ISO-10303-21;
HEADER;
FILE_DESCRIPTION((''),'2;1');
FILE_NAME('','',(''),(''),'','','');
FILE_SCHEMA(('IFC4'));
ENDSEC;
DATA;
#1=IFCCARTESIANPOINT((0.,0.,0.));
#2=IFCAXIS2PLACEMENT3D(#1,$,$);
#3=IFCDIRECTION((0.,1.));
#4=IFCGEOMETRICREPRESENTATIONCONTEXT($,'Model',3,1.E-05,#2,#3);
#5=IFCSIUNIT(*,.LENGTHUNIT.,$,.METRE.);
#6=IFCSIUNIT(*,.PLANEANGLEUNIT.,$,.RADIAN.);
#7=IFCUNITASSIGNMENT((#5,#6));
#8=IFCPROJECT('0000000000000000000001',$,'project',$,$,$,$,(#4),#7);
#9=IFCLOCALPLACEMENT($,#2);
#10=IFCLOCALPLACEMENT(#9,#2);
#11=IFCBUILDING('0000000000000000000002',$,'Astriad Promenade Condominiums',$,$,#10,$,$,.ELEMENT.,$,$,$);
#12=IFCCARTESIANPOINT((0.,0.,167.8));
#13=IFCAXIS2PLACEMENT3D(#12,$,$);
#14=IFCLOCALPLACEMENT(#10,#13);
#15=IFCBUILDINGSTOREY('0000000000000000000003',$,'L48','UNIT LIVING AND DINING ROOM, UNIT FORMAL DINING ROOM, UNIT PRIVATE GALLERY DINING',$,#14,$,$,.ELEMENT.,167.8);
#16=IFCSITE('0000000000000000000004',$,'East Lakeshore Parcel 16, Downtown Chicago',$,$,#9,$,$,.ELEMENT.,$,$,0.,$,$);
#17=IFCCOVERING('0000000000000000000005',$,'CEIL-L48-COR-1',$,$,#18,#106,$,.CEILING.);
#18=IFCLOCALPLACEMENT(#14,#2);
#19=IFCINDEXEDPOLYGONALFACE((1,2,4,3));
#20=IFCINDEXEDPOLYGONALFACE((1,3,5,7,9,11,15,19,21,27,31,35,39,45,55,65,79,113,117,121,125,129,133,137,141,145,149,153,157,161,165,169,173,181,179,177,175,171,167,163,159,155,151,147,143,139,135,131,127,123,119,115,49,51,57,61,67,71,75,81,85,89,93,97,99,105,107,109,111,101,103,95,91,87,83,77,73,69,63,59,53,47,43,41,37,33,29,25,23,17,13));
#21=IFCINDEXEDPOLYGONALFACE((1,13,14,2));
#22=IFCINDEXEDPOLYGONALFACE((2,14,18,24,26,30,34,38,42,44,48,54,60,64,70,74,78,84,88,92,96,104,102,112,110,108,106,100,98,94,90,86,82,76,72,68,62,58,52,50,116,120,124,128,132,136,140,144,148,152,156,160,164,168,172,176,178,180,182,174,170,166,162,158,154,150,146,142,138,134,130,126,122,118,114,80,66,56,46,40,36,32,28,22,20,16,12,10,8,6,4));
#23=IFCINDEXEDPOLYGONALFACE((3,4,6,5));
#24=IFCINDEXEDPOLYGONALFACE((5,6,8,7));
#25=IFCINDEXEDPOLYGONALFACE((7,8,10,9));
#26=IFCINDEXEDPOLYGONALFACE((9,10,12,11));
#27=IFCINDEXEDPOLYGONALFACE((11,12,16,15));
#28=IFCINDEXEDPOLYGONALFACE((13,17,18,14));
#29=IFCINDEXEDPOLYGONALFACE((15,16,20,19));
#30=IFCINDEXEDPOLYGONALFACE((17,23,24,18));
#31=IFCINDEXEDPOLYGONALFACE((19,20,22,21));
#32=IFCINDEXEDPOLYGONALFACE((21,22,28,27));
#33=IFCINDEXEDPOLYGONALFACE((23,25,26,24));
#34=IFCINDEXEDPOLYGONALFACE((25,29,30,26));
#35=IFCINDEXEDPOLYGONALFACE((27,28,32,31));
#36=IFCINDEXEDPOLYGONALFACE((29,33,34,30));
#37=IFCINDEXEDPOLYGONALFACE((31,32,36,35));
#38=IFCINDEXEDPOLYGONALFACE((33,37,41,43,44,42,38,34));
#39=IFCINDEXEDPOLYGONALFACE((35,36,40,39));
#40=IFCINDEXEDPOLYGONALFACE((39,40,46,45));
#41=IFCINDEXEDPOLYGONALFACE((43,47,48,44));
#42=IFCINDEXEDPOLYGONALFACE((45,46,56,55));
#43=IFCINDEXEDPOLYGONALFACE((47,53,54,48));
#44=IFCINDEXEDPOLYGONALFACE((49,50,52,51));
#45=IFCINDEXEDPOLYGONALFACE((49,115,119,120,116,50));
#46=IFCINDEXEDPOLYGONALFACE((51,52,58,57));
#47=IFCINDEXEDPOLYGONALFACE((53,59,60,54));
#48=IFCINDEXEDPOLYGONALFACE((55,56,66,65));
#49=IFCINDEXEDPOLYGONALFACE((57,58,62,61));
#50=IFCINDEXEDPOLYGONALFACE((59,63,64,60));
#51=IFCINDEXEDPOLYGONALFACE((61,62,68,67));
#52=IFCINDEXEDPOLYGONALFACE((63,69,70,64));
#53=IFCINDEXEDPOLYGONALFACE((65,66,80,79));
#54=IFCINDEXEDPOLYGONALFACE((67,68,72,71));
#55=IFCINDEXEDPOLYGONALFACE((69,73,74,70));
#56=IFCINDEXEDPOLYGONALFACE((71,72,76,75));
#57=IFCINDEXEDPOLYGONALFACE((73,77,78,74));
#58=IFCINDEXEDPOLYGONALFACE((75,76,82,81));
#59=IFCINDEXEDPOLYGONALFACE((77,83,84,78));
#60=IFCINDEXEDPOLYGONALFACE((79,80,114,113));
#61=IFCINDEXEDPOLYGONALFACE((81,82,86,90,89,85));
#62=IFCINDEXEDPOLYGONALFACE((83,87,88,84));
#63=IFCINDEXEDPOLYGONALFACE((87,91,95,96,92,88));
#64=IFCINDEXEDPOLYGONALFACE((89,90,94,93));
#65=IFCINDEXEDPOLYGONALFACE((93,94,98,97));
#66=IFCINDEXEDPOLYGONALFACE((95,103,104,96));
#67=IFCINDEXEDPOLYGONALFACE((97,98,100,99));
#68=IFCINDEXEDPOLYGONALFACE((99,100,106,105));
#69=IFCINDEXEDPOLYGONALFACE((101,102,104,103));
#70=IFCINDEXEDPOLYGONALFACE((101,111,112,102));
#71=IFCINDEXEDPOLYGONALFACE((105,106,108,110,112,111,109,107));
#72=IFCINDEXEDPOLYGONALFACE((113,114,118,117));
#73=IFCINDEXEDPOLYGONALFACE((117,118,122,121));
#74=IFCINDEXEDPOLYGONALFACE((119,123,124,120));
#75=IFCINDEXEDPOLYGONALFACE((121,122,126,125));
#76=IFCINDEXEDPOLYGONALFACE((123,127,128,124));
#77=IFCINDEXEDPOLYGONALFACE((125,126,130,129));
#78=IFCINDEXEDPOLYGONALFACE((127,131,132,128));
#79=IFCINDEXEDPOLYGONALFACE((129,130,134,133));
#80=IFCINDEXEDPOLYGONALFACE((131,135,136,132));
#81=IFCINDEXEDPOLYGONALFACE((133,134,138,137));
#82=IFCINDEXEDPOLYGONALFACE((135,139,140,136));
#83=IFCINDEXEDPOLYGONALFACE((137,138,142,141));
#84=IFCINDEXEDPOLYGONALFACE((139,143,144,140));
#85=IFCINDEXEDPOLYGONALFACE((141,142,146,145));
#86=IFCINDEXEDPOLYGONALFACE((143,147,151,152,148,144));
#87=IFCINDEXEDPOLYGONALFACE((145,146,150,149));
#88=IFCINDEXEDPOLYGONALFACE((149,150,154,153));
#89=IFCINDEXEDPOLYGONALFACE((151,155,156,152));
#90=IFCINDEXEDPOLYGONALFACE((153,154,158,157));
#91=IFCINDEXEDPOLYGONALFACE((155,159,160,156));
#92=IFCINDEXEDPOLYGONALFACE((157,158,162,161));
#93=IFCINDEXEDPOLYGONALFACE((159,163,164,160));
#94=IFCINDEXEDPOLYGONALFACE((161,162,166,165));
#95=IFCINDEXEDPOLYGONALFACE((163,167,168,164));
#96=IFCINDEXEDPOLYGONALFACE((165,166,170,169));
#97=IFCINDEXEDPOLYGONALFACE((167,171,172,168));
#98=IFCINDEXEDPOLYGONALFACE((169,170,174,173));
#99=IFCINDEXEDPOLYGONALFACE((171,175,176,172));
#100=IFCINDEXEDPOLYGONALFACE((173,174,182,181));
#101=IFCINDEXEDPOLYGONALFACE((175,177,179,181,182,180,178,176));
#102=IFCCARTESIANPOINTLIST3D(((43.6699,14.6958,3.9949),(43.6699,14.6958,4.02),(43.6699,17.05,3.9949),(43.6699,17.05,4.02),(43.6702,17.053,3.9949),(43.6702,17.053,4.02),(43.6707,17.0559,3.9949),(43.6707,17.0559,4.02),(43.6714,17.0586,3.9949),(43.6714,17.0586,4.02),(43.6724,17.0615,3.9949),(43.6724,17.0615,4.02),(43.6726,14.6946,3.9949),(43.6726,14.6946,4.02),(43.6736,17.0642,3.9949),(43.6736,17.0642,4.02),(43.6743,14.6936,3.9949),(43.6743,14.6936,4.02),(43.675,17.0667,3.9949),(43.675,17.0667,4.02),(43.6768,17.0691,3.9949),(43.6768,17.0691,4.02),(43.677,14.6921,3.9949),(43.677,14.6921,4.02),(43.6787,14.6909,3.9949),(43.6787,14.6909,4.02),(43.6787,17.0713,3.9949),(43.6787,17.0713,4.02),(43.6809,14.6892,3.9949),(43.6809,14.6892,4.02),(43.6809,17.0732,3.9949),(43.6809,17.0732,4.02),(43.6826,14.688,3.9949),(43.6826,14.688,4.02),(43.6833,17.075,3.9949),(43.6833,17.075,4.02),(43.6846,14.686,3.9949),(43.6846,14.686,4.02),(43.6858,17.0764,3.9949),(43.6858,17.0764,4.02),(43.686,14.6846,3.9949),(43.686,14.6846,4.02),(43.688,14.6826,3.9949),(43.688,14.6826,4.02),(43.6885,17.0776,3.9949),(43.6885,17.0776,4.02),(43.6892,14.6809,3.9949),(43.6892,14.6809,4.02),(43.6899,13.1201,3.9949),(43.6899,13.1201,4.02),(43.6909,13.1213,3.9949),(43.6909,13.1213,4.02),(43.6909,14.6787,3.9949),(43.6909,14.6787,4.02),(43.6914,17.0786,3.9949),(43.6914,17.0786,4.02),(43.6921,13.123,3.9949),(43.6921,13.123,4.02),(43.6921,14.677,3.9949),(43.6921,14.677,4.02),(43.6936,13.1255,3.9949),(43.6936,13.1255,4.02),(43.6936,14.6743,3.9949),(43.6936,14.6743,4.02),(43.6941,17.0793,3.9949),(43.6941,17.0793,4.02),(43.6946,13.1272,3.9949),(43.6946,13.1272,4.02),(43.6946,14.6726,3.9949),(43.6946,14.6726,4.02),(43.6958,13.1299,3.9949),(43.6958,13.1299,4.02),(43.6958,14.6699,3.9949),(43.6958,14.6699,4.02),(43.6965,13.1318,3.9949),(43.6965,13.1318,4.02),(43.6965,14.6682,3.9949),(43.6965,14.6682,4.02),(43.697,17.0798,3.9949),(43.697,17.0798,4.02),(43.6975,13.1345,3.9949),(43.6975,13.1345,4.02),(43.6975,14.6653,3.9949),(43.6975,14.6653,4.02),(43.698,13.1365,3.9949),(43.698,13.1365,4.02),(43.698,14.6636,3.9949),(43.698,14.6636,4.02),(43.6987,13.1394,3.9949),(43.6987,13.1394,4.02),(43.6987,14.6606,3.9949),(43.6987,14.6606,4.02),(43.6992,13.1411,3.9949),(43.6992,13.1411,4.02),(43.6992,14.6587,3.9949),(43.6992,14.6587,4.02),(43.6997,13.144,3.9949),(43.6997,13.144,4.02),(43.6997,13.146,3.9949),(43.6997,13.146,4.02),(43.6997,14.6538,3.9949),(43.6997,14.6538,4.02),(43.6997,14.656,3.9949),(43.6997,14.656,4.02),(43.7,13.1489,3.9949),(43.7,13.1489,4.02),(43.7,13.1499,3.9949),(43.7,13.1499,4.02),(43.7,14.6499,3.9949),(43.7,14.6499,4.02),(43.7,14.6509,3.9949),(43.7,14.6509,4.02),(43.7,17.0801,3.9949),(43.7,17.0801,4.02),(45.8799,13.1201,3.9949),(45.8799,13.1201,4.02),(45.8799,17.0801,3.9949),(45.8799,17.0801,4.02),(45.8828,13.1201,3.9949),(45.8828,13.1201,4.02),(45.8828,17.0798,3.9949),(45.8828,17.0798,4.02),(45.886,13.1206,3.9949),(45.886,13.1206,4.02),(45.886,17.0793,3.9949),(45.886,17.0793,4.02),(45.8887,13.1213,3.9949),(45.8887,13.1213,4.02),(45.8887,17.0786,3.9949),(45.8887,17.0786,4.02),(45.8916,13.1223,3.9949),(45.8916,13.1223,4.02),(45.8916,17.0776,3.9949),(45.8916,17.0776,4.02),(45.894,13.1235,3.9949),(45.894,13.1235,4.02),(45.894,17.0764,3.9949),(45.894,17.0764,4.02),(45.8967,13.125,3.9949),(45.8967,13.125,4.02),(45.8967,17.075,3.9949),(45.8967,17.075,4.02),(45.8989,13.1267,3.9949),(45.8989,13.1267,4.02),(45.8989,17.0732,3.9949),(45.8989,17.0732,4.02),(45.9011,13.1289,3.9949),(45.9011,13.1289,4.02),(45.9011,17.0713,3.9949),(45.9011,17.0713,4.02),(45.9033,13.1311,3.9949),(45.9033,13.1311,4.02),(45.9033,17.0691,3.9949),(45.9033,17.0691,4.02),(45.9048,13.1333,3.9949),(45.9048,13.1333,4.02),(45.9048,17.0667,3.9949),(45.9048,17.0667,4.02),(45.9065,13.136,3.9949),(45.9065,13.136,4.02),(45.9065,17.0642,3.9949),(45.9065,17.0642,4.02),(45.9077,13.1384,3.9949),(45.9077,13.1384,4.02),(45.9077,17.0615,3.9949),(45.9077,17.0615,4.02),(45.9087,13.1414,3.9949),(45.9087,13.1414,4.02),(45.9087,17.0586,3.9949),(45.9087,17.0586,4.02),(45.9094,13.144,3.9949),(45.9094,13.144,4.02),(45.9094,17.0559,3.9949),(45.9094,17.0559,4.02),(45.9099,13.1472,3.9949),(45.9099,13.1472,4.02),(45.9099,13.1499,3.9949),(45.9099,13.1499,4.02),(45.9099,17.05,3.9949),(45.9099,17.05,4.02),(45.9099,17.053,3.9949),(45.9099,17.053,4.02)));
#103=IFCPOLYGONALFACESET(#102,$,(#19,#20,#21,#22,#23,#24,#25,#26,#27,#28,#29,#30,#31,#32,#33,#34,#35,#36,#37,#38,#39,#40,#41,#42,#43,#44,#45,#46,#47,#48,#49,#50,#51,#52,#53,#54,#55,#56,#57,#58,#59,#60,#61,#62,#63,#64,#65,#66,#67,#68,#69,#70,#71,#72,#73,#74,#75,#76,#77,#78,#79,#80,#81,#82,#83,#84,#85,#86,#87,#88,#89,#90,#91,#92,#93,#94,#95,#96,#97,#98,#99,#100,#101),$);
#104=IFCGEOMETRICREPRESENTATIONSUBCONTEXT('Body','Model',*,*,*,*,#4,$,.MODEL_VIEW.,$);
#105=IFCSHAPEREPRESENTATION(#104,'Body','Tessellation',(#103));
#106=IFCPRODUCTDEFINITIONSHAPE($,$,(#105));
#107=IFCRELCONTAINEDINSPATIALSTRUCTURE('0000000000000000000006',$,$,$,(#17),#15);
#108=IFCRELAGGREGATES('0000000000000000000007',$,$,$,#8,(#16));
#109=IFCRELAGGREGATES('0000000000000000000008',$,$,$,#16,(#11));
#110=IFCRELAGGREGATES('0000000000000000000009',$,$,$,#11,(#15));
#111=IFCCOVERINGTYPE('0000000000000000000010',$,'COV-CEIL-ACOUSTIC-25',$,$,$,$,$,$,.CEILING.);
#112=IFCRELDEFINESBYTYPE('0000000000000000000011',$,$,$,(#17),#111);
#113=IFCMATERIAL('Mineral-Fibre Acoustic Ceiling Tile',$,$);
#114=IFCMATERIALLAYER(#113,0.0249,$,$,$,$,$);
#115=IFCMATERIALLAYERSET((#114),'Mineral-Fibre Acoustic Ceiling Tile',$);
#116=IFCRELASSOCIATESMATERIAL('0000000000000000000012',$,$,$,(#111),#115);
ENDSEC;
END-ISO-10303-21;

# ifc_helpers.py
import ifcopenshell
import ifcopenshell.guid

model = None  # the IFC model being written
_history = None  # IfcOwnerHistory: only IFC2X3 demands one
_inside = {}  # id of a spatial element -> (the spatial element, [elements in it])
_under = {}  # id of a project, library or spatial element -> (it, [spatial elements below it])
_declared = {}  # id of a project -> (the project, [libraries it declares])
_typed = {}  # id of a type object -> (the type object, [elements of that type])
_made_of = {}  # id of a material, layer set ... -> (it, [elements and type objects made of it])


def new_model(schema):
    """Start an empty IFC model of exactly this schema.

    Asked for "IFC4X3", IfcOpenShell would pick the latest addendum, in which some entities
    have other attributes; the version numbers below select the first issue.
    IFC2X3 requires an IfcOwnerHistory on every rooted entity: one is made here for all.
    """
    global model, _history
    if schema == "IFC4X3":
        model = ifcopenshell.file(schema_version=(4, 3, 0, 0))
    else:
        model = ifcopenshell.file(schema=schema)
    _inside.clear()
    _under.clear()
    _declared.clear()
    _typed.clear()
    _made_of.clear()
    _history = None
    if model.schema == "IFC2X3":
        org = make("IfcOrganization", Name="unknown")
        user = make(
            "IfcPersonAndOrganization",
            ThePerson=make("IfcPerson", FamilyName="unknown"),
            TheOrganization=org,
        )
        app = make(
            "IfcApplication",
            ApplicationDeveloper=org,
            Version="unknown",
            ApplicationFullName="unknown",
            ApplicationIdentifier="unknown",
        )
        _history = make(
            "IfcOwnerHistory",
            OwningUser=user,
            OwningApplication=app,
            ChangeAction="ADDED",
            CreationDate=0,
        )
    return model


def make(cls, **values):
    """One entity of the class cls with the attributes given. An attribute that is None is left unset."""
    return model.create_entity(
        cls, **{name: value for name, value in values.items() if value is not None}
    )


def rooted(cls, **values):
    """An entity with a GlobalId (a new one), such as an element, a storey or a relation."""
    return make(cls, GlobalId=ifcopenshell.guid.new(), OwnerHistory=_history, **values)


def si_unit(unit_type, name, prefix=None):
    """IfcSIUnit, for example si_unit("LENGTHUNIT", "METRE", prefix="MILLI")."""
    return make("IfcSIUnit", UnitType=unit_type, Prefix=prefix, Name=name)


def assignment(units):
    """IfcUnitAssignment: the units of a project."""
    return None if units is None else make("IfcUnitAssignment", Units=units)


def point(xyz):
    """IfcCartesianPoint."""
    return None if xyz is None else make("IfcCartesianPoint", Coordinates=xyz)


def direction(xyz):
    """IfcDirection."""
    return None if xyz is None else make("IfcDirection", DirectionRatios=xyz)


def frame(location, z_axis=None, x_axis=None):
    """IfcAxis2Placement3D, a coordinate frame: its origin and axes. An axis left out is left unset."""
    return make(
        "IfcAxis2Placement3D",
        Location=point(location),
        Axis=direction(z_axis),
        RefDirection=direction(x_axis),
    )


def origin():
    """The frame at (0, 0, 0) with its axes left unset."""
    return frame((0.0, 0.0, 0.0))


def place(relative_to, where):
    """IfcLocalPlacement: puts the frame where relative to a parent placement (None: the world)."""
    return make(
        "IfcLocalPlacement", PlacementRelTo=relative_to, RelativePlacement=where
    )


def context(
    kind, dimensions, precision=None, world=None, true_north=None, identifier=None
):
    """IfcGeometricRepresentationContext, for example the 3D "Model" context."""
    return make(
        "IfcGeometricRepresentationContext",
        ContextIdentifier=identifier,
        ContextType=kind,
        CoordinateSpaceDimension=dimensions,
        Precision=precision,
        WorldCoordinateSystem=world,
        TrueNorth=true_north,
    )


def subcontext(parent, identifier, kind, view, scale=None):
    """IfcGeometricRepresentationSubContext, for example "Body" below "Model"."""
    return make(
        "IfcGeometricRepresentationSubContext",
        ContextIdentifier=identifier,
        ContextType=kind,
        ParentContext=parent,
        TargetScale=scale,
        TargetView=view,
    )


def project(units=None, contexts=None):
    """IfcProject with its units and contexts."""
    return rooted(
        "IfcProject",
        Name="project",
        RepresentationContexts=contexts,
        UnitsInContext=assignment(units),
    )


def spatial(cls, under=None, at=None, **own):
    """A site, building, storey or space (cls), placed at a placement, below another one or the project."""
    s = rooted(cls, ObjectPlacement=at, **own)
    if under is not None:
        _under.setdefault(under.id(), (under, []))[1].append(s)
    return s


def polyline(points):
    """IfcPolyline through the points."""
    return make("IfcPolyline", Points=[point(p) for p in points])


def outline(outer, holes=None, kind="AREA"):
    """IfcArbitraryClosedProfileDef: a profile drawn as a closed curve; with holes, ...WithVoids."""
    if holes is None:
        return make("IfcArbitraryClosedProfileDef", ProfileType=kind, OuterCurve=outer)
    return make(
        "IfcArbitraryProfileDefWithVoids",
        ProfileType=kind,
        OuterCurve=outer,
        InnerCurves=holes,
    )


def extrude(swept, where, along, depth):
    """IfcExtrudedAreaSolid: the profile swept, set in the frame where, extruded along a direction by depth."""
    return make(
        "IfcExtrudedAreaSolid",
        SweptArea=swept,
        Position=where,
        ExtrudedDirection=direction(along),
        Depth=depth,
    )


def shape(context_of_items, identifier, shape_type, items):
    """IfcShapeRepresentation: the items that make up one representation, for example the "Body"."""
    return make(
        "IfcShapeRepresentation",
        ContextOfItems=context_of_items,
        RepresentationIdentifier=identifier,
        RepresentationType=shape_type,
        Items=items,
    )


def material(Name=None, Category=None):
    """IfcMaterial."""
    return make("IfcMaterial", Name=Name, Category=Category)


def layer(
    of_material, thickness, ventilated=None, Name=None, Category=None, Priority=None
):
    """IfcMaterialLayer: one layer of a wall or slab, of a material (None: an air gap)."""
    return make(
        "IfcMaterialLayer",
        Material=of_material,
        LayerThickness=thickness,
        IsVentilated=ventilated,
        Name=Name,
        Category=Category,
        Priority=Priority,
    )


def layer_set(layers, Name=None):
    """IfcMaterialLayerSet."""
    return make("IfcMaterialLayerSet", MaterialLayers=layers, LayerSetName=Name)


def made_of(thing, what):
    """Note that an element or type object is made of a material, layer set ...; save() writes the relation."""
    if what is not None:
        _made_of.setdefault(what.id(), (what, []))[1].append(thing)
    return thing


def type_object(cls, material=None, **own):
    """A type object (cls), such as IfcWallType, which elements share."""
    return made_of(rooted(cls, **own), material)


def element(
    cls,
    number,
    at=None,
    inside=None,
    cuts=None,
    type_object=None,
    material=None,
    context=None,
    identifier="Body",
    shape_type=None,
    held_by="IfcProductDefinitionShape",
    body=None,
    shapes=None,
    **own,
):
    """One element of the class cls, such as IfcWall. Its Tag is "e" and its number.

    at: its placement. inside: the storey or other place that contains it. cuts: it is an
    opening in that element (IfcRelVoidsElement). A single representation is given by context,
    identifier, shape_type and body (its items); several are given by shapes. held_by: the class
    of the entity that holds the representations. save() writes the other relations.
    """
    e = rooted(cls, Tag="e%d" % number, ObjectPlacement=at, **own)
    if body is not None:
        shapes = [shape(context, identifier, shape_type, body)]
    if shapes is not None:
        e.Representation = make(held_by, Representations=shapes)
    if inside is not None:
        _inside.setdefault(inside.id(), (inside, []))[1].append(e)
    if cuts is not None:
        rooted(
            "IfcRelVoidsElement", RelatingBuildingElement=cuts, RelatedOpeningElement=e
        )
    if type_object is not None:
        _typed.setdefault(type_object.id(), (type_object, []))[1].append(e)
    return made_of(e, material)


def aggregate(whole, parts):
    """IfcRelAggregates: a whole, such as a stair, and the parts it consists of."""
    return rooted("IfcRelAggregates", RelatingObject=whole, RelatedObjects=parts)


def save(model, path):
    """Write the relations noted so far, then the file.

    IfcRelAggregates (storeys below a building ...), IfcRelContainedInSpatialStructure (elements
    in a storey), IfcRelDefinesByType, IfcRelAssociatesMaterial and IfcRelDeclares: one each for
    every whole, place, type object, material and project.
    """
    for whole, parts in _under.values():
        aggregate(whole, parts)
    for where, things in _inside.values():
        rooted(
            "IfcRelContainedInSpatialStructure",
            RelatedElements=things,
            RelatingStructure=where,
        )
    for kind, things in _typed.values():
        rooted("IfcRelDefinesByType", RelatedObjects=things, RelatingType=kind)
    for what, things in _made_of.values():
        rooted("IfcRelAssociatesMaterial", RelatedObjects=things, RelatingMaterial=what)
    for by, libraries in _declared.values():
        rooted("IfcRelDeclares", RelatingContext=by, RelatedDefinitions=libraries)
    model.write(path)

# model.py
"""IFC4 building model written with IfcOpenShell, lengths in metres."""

from ifc_helpers import new_model, si_unit, direction, frame, origin, place, context, subcontext, project, spatial, polyline, outline, extrude, material, layer, layer_set, type_object, element, save


model = new_model("IFC4")

# Units and contexts
model_context = context("Model", 3, precision=1e-05, world=origin(), true_north=direction((0.0, 1.0)))
body_context = subcontext(model_context, "Body", "Model", "MODEL_VIEW")
ifc_project = project(units=[si_unit("LENGTHUNIT", "METRE"), si_unit("PLANEANGLEUNIT", "RADIAN")], contexts=[model_context])

# Site, building, storey
site_placement = place(None, origin())
site = spatial("IfcSite", under=ifc_project, at=site_placement, Name="East Lakeshore Parcel 16, Downtown Chicago", CompositionType="ELEMENT", RefElevation=0.0)
building_placement = place(site_placement, origin())
building = spatial("IfcBuilding", under=site, at=building_placement, Name="Astriad Promenade Condominiums", CompositionType="ELEMENT")
storey_placement = place(building_placement, frame((0.0, 0.0, 167.8)))
storey = spatial("IfcBuildingStorey", under=building, at=storey_placement, Name="L48", Description="UNIT LIVING AND DINING ROOM, UNIT FORMAL DINING ROOM, UNIT PRIVATE GALLERY DINING", CompositionType="ELEMENT", Elevation=167.8)

# Covering
ifc_material_1 = material(Name="Mineral-Fibre Acoustic Ceiling Tile")
ifc_layer_1 = layer(ifc_material_1, 0.0249)
ifc_layer_set_1 = layer_set([ifc_layer_1], Name="Mineral-Fibre Acoustic Ceiling Tile")
covering_type_1 = type_object("IfcCoveringType", Name="COV-CEIL-ACOUSTIC-25", PredefinedType="CEILING", material=ifc_layer_set_1)
covering_1_placement = place(storey_placement, frame((0.0, 0.0, 3.9949)))
element("IfcCovering", 1, at=covering_1_placement, inside=storey, type_object=covering_type_1, Name="CEIL-L48-COR-1", PredefinedType="CEILING", context=body_context, shape_type="SweptSolid", body=[
    extrude(outline(polyline([(43.6699, 17.05), (43.6702, 17.053), (43.6707, 17.0559), (43.6714, 17.0586), (43.6724, 17.0615), (43.6736, 17.0642), (43.675, 17.0667), (43.6768, 17.0691), (43.6787, 17.0713), (43.6809, 17.0732), (43.6833, 17.075), (43.6858, 17.0764), (43.6885, 17.0776), (43.6914, 17.0786), (43.6941, 17.0793), (43.697, 17.0798), (43.7, 17.0801), (45.8799, 17.0801), (45.8828, 17.0798), (45.886, 17.0793), (45.8887, 17.0786), (45.8916, 17.0776), (45.894, 17.0764), (45.8967, 17.075), (45.8989, 17.0732), (45.9011, 17.0713), (45.9033, 17.0691), (45.9048, 17.0667), (45.9065, 17.0642), (45.9077, 17.0615), (45.9087, 17.0586), (45.9094, 17.0559), (45.9099, 17.053), (45.9099, 17.05), (45.9099, 13.1499), (45.9099, 13.1472), (45.9094, 13.144), (45.9087, 13.1414), (45.9077, 13.1384), (45.9065, 13.136), (45.9048, 13.1333), (45.9033, 13.1311), (45.9011, 13.1289), (45.8989, 13.1267), (45.8967, 13.125), (45.894, 13.1235), (45.8916, 13.1223), (45.8887, 13.1213), (45.886, 13.1206), (45.8828, 13.1201), (45.8799, 13.1201), (43.6899, 13.1201), (43.6909, 13.1213), (43.6921, 13.123), (43.6936, 13.1255), (43.6946, 13.1272), (43.6958, 13.1299), (43.6965, 13.1318), (43.6975, 13.1345), (43.698, 13.1365), (43.6987, 13.1394), (43.6992, 13.1411), (43.6997, 13.144), (43.6997, 13.146), (43.7, 13.1489), (43.7, 13.1499), (43.7, 14.6499), (43.7, 14.6509), (43.6997, 14.6538), (43.6997, 14.656), (43.6992, 14.6587), (43.6987, 14.6606), (43.698, 14.6636), (43.6975, 14.6653), (43.6965, 14.6682), (43.6958, 14.6699), (43.6946, 14.6726), (43.6936, 14.6743), (43.6921, 14.677), (43.6909, 14.6787), (43.6892, 14.6809), (43.688, 14.6826), (43.686, 14.6846), (43.6846, 14.686), (43.6826, 14.688), (43.6809, 14.6892), (43.6787, 14.6909), (43.677, 14.6921), (43.6743, 14.6936), (43.6726, 14.6946), (43.6699, 14.6958), (43.6699, 14.6958), (43.6699, 17.05)])), origin(), (0.0, 0.0, 1.0), 0.0251),
])

save(model, "model.ifc")
